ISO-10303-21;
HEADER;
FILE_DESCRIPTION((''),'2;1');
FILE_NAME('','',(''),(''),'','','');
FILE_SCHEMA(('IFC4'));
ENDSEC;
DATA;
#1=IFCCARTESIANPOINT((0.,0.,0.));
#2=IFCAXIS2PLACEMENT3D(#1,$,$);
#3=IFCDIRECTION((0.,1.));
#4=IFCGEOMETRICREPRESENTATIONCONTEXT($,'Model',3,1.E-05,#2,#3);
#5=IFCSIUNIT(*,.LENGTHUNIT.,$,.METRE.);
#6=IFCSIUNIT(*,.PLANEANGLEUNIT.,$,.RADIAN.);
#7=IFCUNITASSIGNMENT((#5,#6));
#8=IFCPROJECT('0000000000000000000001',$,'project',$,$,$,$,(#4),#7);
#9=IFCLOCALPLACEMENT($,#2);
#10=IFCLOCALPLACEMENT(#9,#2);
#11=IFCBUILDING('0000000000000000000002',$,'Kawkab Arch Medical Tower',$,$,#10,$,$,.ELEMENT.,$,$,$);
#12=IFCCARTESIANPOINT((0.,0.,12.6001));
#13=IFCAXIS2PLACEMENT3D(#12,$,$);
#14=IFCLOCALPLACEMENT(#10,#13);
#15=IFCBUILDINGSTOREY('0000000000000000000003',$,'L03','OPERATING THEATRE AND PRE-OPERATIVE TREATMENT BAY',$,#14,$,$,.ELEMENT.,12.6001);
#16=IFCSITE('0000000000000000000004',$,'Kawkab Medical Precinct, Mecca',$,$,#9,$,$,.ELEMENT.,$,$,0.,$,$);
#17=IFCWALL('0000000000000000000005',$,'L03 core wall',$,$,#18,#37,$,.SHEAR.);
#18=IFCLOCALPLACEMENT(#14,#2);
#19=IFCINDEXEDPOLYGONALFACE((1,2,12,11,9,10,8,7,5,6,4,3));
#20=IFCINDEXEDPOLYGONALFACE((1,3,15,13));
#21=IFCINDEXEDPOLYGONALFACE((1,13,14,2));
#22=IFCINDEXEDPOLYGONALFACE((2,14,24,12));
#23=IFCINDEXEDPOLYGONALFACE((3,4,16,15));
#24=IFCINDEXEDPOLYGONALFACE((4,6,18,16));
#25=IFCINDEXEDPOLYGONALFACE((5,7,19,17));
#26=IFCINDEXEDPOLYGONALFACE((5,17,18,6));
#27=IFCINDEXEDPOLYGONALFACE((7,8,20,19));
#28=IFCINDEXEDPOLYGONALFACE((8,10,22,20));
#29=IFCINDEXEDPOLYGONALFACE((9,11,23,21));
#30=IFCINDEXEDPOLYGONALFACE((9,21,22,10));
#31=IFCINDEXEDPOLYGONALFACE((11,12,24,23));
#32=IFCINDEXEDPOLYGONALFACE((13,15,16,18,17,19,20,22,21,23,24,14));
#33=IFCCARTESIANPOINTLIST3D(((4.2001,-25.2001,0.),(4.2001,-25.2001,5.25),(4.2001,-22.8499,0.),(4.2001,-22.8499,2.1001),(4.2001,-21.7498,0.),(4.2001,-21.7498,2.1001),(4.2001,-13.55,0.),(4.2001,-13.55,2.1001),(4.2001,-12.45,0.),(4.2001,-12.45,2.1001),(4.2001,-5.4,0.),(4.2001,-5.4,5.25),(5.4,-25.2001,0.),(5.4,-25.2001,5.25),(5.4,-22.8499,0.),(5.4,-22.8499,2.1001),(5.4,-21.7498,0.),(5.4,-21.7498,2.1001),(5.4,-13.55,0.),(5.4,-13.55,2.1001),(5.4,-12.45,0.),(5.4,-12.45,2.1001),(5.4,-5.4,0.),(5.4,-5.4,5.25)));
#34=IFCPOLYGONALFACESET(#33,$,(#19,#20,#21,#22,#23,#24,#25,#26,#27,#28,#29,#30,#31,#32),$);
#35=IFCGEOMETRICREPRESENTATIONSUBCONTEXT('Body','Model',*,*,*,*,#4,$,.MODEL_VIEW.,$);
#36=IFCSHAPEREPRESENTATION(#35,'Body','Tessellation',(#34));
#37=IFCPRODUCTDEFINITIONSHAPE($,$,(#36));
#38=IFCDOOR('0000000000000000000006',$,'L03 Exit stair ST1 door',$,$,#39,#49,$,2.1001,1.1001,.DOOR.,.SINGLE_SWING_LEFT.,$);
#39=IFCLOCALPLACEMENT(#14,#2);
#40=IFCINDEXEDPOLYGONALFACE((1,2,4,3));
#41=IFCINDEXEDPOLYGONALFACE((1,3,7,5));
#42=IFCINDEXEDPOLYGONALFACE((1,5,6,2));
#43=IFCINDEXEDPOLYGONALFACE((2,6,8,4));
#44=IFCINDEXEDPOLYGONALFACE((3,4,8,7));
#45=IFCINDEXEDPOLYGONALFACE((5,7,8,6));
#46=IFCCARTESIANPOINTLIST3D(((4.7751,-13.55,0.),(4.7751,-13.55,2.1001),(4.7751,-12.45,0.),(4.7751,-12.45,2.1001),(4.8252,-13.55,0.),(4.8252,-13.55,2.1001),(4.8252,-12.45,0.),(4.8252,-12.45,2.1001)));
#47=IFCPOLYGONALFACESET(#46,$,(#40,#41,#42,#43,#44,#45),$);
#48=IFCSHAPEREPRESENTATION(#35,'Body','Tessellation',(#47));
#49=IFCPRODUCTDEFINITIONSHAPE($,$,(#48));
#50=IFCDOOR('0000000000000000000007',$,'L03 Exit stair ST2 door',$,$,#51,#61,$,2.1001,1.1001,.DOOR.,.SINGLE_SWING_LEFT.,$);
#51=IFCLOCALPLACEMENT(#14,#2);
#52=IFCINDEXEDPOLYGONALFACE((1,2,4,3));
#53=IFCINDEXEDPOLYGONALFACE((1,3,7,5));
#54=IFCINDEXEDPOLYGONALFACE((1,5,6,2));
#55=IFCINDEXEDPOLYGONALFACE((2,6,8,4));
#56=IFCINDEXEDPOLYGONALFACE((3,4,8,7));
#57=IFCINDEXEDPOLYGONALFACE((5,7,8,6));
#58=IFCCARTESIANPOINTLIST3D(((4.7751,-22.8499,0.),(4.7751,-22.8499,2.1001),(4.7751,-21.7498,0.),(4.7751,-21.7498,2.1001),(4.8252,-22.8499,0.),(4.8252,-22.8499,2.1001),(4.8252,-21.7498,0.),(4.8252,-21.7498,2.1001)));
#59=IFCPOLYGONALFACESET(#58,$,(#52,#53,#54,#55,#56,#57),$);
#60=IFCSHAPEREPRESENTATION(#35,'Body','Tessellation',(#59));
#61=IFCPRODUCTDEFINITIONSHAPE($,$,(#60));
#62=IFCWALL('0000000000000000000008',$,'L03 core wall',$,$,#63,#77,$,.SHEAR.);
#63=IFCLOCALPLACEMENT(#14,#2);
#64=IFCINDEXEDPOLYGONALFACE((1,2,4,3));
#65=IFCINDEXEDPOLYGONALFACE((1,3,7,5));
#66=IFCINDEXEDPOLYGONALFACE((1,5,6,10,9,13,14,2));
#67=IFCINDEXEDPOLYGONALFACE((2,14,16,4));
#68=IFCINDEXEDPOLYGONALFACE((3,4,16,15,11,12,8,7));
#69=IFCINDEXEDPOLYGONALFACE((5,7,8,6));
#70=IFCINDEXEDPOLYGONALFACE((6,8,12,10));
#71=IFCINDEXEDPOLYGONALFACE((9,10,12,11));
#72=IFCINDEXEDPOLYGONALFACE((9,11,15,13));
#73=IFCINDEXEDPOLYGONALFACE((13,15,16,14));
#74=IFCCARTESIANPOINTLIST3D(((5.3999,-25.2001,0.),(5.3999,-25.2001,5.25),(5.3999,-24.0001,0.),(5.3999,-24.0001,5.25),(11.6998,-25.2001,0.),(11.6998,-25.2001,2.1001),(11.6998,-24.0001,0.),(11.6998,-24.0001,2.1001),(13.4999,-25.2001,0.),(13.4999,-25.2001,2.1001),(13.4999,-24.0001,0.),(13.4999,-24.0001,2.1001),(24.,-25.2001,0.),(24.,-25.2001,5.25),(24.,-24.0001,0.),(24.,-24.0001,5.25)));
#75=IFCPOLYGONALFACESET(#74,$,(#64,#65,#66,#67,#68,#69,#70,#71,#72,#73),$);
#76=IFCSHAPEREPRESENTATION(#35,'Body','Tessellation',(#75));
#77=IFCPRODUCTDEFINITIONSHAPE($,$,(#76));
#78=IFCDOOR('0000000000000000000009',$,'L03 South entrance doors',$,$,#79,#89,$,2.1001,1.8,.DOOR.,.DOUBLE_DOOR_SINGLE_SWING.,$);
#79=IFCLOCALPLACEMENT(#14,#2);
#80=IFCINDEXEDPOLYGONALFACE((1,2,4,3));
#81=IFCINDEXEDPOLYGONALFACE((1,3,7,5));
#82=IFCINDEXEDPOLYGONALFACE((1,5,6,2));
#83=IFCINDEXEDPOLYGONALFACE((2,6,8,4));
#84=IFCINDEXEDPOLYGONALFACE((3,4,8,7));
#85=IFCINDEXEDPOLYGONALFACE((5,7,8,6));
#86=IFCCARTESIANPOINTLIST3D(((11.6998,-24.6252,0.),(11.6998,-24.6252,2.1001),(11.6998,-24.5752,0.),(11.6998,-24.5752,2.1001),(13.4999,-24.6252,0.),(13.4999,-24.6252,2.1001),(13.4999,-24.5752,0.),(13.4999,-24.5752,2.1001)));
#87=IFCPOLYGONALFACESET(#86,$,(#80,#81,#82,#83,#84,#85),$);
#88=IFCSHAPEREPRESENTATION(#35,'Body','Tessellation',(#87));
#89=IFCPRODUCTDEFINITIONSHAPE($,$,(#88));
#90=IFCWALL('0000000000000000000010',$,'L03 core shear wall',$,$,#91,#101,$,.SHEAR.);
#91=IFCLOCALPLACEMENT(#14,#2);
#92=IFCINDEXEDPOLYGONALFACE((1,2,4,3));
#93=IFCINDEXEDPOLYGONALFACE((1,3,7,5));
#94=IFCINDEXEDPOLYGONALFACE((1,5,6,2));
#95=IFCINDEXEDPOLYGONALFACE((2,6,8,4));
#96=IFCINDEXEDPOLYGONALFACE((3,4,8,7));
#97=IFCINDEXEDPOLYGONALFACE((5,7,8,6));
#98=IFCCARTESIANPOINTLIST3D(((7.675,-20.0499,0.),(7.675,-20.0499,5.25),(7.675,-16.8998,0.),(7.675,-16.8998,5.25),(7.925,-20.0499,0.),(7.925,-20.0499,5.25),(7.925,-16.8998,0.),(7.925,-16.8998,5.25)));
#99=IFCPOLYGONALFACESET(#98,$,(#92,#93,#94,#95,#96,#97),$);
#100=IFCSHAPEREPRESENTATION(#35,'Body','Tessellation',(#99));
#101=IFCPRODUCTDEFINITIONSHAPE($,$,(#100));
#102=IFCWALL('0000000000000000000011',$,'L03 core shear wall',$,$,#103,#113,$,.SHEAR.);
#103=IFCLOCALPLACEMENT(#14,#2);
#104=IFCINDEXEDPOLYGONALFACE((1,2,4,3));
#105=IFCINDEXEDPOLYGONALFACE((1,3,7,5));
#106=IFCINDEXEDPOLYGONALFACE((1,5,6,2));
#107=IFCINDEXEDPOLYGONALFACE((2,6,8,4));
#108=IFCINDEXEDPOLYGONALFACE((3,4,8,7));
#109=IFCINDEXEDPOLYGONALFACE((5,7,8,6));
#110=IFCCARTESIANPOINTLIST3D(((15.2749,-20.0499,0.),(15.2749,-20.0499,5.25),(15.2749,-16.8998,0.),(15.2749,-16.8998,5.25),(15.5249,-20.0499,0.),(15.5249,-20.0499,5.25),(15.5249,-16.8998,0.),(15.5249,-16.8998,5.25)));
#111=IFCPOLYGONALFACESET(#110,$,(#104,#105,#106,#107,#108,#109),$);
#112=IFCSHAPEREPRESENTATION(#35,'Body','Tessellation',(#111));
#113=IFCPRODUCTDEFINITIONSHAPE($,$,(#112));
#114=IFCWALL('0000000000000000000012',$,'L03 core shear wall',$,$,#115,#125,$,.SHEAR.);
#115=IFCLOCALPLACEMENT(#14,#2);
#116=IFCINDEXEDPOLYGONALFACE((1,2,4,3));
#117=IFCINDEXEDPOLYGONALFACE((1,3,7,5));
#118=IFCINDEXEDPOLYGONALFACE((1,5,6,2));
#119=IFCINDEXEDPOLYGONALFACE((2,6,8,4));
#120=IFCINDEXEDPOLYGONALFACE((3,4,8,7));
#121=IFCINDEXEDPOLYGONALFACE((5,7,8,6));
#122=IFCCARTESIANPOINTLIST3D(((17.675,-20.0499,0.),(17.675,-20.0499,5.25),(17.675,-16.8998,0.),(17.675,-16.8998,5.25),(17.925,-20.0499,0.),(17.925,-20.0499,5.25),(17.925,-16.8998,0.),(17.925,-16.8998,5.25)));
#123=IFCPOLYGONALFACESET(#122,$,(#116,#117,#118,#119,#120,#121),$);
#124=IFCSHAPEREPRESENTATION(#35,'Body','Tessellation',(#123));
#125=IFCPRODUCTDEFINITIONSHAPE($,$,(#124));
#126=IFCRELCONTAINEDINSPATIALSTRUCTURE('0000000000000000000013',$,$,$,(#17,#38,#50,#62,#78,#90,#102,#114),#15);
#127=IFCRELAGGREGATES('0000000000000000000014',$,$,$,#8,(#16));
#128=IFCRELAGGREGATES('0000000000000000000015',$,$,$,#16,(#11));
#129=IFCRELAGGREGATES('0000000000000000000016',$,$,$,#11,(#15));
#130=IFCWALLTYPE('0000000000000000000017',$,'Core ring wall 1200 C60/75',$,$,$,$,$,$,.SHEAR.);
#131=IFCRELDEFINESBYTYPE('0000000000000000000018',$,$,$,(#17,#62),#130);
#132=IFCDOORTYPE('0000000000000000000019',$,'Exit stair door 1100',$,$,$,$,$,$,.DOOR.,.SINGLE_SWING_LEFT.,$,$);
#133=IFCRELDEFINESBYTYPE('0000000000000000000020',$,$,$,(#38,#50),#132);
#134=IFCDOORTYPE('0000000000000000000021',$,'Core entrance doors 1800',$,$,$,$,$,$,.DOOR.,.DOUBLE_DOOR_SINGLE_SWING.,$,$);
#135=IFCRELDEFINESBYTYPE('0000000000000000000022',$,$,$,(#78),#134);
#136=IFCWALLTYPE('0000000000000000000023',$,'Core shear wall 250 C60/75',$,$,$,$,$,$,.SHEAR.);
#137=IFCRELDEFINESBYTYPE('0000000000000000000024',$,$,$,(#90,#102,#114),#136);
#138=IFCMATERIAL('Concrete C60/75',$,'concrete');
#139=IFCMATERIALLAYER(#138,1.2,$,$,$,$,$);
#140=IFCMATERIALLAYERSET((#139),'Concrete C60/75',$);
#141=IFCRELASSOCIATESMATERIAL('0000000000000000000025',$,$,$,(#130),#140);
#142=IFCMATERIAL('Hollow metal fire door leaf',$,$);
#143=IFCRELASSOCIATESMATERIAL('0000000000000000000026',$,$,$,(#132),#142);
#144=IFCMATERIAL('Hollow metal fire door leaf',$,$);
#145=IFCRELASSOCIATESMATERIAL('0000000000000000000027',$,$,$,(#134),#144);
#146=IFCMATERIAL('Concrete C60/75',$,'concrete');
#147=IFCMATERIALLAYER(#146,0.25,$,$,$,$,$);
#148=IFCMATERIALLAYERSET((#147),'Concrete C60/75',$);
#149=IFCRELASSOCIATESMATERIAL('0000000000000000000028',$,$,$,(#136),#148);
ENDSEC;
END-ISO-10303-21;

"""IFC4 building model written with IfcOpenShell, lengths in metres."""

from ifc_helpers import new_model, si_unit, direction, frame, frame_2d, origin, place, context, subcontext, project, spatial, rectangle, extrude, material, layer, layer_set, type_object, element, fill, save


model = new_model("IFC4")

# Units and contexts
model_context = context("Model", 3, precision=1e-05, world=origin(), true_north=direction((0.0, 1.0)))
body_context = subcontext(model_context, "Body", "Model", "MODEL_VIEW")
ifc_project = project(units=[si_unit("LENGTHUNIT", "METRE"), si_unit("PLANEANGLEUNIT", "RADIAN")], contexts=[model_context])

# Site, building, storey
site_placement = place(None, origin())
site = spatial("IfcSite", under=ifc_project, at=site_placement, Name="Kawkab Medical Precinct, Mecca", CompositionType="ELEMENT", RefElevation=0.0)
building_placement = place(site_placement, origin())
building = spatial("IfcBuilding", under=site, at=building_placement, Name="Kawkab Arch Medical Tower", CompositionType="ELEMENT")
storey_placement = place(building_placement, frame((0.0, 0.0, 12.6001)))
storey = spatial("IfcBuildingStorey", under=building, at=storey_placement, Name="L03", Description="OPERATING THEATRE AND PRE-OPERATIVE TREATMENT BAY", CompositionType="ELEMENT", Elevation=12.6001)

# Wall, openings, doors
ifc_material_1 = material(Name="Concrete C60/75", Category="concrete")
ifc_layer_1 = layer(ifc_material_1, 1.2)
ifc_layer_set_1 = layer_set([ifc_layer_1], Name="Concrete C60/75")
wall_type_1 = type_object("IfcWallType", Name="Core ring wall 1200 C60/75", PredefinedType="SHEAR", material=ifc_layer_set_1)
wall_1_placement = place(storey_placement, frame((4.8, -25.2, 0.0), z_axis=(0.0, 0.0, 1.0), x_axis=(0.0, 1.0, 0.0)))
wall_1 = element("IfcWall", 1, at=wall_1_placement, inside=storey, type_object=wall_type_1, Name="L03 core wall", PredefinedType="SHEAR", context=body_context, shape_type="SweptSolid", body=[
    extrude(rectangle(XDim=19.8, YDim=1.2, at=frame_2d((9.8999, 0.0))), origin(), (0.0, 0.0, 1.0), 5.25),
])
opening_1_placement = place(wall_1_placement, frame((11.6499, 0.0, 0.0)))
opening_1 = element("IfcOpeningElement", 2, at=opening_1_placement, cuts=wall_1, PredefinedType="OPENING", context=body_context, shape_type="SweptSolid", body=[
    extrude(rectangle(XDim=1.1001, YDim=2.1001, at=frame_2d((0.55, 1.05))), frame((0.0, 0.6099, 0.0), z_axis=(0.0, -1.0, 0.0), x_axis=(1.0, 0.0, 0.0)), (0.0, 0.0, 1.0), 1.22),
])
opening_2_placement = place(wall_1_placement, frame((2.3501, 0.0, 0.0)))
opening_2 = element("IfcOpeningElement", 3, at=opening_2_placement, cuts=wall_1, PredefinedType="OPENING", context=body_context, shape_type="SweptSolid", body=[
    extrude(rectangle(XDim=1.1001, YDim=2.1001, at=frame_2d((0.55, 1.05))), frame((0.0, 0.6099, 0.0), z_axis=(0.0, -1.0, 0.0), x_axis=(1.0, 0.0, 0.0)), (0.0, 0.0, 1.0), 1.22),
])
ifc_material_2 = material(Name="Hollow metal fire door leaf")
door_type_1 = type_object("IfcDoorType", Name="Exit stair door 1100", OperationType="SINGLE_SWING_LEFT", PredefinedType="DOOR", material=ifc_material_2)
door_1_placement = place(opening_1_placement, origin())
door_1 = element("IfcDoor", 4, at=door_1_placement, inside=storey, type_object=door_type_1, Name="L03 Exit stair ST1 door", OperationType="SINGLE_SWING_LEFT", OverallHeight=2.1001, OverallWidth=1.1001, PredefinedType="DOOR", context=body_context, shape_type="SweptSolid", body=[
    extrude(rectangle(XDim=1.1001, YDim=2.1001, at=frame_2d((0.55, 1.05))), frame((0.0, 0.0249, 0.0), z_axis=(0.0, -1.0, 0.0), x_axis=(1.0, 0.0, 0.0)), (0.0, 0.0, 1.0), 0.05),
])
fill(opening_1, door_1)
door_2_placement = place(opening_2_placement, origin())
door_2 = element("IfcDoor", 5, at=door_2_placement, inside=storey, type_object=door_type_1, Name="L03 Exit stair ST2 door", OperationType="SINGLE_SWING_LEFT", OverallHeight=2.1001, OverallWidth=1.1001, PredefinedType="DOOR", context=body_context, shape_type="SweptSolid", body=[
    extrude(rectangle(XDim=1.1001, YDim=2.1001, at=frame_2d((0.55, 1.05))), frame((0.0, 0.0249, 0.0), z_axis=(0.0, -1.0, 0.0), x_axis=(1.0, 0.0, 0.0)), (0.0, 0.0, 1.0), 0.05),
])
fill(opening_2, door_2)

# Wall, opening, door
wall_2_placement = place(storey_placement, frame((5.3999, -24.6001, 0.0), z_axis=(0.0, 0.0, 1.0), x_axis=(1.0, 0.0, 0.0)))
wall_2 = element("IfcWall", 6, at=wall_2_placement, inside=storey, type_object=wall_type_1, Name="L03 core wall", PredefinedType="SHEAR", context=body_context, shape_type="SweptSolid", body=[
    extrude(rectangle(XDim=18.6001, YDim=1.2, at=frame_2d((9.3, 0.0))), origin(), (0.0, 0.0, 1.0), 5.25),
])
opening_3_placement = place(wall_2_placement, frame((6.3, 0.0, 0.0)))
opening_3 = element("IfcOpeningElement", 7, at=opening_3_placement, cuts=wall_2, PredefinedType="OPENING", context=body_context, shape_type="SweptSolid", body=[
    extrude(rectangle(XDim=1.8, YDim=2.1001, at=frame_2d((0.8999, 1.05))), frame((0.0, 0.6099, 0.0), z_axis=(0.0, -1.0, 0.0), x_axis=(1.0, 0.0, 0.0)), (0.0, 0.0, 1.0), 1.22),
])
ifc_material_3 = material(Name="Hollow metal fire door leaf")
door_type_2 = type_object("IfcDoorType", Name="Core entrance doors 1800", OperationType="DOUBLE_DOOR_SINGLE_SWING", PredefinedType="DOOR", material=ifc_material_3)
door_3_placement = place(opening_3_placement, origin())
door_3 = element("IfcDoor", 8, at=door_3_placement, inside=storey, type_object=door_type_2, Name="L03 South entrance doors", OperationType="DOUBLE_DOOR_SINGLE_SWING", OverallHeight=2.1001, OverallWidth=1.8, PredefinedType="DOOR", context=body_context, shape_type="SweptSolid", body=[
    extrude(rectangle(XDim=1.8, YDim=2.1001, at=frame_2d((0.8999, 1.05))), frame((0.0, 0.0249, 0.0), z_axis=(0.0, -1.0, 0.0), x_axis=(1.0, 0.0, 0.0)), (0.0, 0.0, 1.0), 0.05),
])
fill(opening_3, door_3)

# Walls
ifc_material_4 = material(Name="Concrete C60/75", Category="concrete")
ifc_layer_2 = layer(ifc_material_4, 0.25)
ifc_layer_set_2 = layer_set([ifc_layer_2], Name="Concrete C60/75")
wall_type_2 = type_object("IfcWallType", Name="Core shear wall 250 C60/75", PredefinedType="SHEAR", material=ifc_layer_set_2)
for number, where, z_axis, x_axis, name in (
    (9, (7.8, -20.05, 0.0), (0.0, 0.0, 1.0), (0.0, 1.0, 0.0), "L03 core shear wall"),
    (10, (15.3999, -20.05, 0.0), (0.0, 0.0, 1.0), (0.0, 1.0, 0.0), "L03 core shear wall"),
    (11, (17.8, -20.05, 0.0), (0.0, 0.0, 1.0), (0.0, 1.0, 0.0), "L03 core shear wall"),
):
    element("IfcWall", number, at=place(storey_placement, frame(where, z_axis=z_axis, x_axis=x_axis)), inside=storey, type_object=wall_type_2, Name=name, PredefinedType="SHEAR", context=body_context, shape_type="SweptSolid", body=[
        extrude(rectangle(XDim=3.1501, YDim=0.25, at=frame_2d((1.5752, 0.0))), origin(), (0.0, 0.0, 1.0), 5.25),
    ])

save(model, "model.ifc")
